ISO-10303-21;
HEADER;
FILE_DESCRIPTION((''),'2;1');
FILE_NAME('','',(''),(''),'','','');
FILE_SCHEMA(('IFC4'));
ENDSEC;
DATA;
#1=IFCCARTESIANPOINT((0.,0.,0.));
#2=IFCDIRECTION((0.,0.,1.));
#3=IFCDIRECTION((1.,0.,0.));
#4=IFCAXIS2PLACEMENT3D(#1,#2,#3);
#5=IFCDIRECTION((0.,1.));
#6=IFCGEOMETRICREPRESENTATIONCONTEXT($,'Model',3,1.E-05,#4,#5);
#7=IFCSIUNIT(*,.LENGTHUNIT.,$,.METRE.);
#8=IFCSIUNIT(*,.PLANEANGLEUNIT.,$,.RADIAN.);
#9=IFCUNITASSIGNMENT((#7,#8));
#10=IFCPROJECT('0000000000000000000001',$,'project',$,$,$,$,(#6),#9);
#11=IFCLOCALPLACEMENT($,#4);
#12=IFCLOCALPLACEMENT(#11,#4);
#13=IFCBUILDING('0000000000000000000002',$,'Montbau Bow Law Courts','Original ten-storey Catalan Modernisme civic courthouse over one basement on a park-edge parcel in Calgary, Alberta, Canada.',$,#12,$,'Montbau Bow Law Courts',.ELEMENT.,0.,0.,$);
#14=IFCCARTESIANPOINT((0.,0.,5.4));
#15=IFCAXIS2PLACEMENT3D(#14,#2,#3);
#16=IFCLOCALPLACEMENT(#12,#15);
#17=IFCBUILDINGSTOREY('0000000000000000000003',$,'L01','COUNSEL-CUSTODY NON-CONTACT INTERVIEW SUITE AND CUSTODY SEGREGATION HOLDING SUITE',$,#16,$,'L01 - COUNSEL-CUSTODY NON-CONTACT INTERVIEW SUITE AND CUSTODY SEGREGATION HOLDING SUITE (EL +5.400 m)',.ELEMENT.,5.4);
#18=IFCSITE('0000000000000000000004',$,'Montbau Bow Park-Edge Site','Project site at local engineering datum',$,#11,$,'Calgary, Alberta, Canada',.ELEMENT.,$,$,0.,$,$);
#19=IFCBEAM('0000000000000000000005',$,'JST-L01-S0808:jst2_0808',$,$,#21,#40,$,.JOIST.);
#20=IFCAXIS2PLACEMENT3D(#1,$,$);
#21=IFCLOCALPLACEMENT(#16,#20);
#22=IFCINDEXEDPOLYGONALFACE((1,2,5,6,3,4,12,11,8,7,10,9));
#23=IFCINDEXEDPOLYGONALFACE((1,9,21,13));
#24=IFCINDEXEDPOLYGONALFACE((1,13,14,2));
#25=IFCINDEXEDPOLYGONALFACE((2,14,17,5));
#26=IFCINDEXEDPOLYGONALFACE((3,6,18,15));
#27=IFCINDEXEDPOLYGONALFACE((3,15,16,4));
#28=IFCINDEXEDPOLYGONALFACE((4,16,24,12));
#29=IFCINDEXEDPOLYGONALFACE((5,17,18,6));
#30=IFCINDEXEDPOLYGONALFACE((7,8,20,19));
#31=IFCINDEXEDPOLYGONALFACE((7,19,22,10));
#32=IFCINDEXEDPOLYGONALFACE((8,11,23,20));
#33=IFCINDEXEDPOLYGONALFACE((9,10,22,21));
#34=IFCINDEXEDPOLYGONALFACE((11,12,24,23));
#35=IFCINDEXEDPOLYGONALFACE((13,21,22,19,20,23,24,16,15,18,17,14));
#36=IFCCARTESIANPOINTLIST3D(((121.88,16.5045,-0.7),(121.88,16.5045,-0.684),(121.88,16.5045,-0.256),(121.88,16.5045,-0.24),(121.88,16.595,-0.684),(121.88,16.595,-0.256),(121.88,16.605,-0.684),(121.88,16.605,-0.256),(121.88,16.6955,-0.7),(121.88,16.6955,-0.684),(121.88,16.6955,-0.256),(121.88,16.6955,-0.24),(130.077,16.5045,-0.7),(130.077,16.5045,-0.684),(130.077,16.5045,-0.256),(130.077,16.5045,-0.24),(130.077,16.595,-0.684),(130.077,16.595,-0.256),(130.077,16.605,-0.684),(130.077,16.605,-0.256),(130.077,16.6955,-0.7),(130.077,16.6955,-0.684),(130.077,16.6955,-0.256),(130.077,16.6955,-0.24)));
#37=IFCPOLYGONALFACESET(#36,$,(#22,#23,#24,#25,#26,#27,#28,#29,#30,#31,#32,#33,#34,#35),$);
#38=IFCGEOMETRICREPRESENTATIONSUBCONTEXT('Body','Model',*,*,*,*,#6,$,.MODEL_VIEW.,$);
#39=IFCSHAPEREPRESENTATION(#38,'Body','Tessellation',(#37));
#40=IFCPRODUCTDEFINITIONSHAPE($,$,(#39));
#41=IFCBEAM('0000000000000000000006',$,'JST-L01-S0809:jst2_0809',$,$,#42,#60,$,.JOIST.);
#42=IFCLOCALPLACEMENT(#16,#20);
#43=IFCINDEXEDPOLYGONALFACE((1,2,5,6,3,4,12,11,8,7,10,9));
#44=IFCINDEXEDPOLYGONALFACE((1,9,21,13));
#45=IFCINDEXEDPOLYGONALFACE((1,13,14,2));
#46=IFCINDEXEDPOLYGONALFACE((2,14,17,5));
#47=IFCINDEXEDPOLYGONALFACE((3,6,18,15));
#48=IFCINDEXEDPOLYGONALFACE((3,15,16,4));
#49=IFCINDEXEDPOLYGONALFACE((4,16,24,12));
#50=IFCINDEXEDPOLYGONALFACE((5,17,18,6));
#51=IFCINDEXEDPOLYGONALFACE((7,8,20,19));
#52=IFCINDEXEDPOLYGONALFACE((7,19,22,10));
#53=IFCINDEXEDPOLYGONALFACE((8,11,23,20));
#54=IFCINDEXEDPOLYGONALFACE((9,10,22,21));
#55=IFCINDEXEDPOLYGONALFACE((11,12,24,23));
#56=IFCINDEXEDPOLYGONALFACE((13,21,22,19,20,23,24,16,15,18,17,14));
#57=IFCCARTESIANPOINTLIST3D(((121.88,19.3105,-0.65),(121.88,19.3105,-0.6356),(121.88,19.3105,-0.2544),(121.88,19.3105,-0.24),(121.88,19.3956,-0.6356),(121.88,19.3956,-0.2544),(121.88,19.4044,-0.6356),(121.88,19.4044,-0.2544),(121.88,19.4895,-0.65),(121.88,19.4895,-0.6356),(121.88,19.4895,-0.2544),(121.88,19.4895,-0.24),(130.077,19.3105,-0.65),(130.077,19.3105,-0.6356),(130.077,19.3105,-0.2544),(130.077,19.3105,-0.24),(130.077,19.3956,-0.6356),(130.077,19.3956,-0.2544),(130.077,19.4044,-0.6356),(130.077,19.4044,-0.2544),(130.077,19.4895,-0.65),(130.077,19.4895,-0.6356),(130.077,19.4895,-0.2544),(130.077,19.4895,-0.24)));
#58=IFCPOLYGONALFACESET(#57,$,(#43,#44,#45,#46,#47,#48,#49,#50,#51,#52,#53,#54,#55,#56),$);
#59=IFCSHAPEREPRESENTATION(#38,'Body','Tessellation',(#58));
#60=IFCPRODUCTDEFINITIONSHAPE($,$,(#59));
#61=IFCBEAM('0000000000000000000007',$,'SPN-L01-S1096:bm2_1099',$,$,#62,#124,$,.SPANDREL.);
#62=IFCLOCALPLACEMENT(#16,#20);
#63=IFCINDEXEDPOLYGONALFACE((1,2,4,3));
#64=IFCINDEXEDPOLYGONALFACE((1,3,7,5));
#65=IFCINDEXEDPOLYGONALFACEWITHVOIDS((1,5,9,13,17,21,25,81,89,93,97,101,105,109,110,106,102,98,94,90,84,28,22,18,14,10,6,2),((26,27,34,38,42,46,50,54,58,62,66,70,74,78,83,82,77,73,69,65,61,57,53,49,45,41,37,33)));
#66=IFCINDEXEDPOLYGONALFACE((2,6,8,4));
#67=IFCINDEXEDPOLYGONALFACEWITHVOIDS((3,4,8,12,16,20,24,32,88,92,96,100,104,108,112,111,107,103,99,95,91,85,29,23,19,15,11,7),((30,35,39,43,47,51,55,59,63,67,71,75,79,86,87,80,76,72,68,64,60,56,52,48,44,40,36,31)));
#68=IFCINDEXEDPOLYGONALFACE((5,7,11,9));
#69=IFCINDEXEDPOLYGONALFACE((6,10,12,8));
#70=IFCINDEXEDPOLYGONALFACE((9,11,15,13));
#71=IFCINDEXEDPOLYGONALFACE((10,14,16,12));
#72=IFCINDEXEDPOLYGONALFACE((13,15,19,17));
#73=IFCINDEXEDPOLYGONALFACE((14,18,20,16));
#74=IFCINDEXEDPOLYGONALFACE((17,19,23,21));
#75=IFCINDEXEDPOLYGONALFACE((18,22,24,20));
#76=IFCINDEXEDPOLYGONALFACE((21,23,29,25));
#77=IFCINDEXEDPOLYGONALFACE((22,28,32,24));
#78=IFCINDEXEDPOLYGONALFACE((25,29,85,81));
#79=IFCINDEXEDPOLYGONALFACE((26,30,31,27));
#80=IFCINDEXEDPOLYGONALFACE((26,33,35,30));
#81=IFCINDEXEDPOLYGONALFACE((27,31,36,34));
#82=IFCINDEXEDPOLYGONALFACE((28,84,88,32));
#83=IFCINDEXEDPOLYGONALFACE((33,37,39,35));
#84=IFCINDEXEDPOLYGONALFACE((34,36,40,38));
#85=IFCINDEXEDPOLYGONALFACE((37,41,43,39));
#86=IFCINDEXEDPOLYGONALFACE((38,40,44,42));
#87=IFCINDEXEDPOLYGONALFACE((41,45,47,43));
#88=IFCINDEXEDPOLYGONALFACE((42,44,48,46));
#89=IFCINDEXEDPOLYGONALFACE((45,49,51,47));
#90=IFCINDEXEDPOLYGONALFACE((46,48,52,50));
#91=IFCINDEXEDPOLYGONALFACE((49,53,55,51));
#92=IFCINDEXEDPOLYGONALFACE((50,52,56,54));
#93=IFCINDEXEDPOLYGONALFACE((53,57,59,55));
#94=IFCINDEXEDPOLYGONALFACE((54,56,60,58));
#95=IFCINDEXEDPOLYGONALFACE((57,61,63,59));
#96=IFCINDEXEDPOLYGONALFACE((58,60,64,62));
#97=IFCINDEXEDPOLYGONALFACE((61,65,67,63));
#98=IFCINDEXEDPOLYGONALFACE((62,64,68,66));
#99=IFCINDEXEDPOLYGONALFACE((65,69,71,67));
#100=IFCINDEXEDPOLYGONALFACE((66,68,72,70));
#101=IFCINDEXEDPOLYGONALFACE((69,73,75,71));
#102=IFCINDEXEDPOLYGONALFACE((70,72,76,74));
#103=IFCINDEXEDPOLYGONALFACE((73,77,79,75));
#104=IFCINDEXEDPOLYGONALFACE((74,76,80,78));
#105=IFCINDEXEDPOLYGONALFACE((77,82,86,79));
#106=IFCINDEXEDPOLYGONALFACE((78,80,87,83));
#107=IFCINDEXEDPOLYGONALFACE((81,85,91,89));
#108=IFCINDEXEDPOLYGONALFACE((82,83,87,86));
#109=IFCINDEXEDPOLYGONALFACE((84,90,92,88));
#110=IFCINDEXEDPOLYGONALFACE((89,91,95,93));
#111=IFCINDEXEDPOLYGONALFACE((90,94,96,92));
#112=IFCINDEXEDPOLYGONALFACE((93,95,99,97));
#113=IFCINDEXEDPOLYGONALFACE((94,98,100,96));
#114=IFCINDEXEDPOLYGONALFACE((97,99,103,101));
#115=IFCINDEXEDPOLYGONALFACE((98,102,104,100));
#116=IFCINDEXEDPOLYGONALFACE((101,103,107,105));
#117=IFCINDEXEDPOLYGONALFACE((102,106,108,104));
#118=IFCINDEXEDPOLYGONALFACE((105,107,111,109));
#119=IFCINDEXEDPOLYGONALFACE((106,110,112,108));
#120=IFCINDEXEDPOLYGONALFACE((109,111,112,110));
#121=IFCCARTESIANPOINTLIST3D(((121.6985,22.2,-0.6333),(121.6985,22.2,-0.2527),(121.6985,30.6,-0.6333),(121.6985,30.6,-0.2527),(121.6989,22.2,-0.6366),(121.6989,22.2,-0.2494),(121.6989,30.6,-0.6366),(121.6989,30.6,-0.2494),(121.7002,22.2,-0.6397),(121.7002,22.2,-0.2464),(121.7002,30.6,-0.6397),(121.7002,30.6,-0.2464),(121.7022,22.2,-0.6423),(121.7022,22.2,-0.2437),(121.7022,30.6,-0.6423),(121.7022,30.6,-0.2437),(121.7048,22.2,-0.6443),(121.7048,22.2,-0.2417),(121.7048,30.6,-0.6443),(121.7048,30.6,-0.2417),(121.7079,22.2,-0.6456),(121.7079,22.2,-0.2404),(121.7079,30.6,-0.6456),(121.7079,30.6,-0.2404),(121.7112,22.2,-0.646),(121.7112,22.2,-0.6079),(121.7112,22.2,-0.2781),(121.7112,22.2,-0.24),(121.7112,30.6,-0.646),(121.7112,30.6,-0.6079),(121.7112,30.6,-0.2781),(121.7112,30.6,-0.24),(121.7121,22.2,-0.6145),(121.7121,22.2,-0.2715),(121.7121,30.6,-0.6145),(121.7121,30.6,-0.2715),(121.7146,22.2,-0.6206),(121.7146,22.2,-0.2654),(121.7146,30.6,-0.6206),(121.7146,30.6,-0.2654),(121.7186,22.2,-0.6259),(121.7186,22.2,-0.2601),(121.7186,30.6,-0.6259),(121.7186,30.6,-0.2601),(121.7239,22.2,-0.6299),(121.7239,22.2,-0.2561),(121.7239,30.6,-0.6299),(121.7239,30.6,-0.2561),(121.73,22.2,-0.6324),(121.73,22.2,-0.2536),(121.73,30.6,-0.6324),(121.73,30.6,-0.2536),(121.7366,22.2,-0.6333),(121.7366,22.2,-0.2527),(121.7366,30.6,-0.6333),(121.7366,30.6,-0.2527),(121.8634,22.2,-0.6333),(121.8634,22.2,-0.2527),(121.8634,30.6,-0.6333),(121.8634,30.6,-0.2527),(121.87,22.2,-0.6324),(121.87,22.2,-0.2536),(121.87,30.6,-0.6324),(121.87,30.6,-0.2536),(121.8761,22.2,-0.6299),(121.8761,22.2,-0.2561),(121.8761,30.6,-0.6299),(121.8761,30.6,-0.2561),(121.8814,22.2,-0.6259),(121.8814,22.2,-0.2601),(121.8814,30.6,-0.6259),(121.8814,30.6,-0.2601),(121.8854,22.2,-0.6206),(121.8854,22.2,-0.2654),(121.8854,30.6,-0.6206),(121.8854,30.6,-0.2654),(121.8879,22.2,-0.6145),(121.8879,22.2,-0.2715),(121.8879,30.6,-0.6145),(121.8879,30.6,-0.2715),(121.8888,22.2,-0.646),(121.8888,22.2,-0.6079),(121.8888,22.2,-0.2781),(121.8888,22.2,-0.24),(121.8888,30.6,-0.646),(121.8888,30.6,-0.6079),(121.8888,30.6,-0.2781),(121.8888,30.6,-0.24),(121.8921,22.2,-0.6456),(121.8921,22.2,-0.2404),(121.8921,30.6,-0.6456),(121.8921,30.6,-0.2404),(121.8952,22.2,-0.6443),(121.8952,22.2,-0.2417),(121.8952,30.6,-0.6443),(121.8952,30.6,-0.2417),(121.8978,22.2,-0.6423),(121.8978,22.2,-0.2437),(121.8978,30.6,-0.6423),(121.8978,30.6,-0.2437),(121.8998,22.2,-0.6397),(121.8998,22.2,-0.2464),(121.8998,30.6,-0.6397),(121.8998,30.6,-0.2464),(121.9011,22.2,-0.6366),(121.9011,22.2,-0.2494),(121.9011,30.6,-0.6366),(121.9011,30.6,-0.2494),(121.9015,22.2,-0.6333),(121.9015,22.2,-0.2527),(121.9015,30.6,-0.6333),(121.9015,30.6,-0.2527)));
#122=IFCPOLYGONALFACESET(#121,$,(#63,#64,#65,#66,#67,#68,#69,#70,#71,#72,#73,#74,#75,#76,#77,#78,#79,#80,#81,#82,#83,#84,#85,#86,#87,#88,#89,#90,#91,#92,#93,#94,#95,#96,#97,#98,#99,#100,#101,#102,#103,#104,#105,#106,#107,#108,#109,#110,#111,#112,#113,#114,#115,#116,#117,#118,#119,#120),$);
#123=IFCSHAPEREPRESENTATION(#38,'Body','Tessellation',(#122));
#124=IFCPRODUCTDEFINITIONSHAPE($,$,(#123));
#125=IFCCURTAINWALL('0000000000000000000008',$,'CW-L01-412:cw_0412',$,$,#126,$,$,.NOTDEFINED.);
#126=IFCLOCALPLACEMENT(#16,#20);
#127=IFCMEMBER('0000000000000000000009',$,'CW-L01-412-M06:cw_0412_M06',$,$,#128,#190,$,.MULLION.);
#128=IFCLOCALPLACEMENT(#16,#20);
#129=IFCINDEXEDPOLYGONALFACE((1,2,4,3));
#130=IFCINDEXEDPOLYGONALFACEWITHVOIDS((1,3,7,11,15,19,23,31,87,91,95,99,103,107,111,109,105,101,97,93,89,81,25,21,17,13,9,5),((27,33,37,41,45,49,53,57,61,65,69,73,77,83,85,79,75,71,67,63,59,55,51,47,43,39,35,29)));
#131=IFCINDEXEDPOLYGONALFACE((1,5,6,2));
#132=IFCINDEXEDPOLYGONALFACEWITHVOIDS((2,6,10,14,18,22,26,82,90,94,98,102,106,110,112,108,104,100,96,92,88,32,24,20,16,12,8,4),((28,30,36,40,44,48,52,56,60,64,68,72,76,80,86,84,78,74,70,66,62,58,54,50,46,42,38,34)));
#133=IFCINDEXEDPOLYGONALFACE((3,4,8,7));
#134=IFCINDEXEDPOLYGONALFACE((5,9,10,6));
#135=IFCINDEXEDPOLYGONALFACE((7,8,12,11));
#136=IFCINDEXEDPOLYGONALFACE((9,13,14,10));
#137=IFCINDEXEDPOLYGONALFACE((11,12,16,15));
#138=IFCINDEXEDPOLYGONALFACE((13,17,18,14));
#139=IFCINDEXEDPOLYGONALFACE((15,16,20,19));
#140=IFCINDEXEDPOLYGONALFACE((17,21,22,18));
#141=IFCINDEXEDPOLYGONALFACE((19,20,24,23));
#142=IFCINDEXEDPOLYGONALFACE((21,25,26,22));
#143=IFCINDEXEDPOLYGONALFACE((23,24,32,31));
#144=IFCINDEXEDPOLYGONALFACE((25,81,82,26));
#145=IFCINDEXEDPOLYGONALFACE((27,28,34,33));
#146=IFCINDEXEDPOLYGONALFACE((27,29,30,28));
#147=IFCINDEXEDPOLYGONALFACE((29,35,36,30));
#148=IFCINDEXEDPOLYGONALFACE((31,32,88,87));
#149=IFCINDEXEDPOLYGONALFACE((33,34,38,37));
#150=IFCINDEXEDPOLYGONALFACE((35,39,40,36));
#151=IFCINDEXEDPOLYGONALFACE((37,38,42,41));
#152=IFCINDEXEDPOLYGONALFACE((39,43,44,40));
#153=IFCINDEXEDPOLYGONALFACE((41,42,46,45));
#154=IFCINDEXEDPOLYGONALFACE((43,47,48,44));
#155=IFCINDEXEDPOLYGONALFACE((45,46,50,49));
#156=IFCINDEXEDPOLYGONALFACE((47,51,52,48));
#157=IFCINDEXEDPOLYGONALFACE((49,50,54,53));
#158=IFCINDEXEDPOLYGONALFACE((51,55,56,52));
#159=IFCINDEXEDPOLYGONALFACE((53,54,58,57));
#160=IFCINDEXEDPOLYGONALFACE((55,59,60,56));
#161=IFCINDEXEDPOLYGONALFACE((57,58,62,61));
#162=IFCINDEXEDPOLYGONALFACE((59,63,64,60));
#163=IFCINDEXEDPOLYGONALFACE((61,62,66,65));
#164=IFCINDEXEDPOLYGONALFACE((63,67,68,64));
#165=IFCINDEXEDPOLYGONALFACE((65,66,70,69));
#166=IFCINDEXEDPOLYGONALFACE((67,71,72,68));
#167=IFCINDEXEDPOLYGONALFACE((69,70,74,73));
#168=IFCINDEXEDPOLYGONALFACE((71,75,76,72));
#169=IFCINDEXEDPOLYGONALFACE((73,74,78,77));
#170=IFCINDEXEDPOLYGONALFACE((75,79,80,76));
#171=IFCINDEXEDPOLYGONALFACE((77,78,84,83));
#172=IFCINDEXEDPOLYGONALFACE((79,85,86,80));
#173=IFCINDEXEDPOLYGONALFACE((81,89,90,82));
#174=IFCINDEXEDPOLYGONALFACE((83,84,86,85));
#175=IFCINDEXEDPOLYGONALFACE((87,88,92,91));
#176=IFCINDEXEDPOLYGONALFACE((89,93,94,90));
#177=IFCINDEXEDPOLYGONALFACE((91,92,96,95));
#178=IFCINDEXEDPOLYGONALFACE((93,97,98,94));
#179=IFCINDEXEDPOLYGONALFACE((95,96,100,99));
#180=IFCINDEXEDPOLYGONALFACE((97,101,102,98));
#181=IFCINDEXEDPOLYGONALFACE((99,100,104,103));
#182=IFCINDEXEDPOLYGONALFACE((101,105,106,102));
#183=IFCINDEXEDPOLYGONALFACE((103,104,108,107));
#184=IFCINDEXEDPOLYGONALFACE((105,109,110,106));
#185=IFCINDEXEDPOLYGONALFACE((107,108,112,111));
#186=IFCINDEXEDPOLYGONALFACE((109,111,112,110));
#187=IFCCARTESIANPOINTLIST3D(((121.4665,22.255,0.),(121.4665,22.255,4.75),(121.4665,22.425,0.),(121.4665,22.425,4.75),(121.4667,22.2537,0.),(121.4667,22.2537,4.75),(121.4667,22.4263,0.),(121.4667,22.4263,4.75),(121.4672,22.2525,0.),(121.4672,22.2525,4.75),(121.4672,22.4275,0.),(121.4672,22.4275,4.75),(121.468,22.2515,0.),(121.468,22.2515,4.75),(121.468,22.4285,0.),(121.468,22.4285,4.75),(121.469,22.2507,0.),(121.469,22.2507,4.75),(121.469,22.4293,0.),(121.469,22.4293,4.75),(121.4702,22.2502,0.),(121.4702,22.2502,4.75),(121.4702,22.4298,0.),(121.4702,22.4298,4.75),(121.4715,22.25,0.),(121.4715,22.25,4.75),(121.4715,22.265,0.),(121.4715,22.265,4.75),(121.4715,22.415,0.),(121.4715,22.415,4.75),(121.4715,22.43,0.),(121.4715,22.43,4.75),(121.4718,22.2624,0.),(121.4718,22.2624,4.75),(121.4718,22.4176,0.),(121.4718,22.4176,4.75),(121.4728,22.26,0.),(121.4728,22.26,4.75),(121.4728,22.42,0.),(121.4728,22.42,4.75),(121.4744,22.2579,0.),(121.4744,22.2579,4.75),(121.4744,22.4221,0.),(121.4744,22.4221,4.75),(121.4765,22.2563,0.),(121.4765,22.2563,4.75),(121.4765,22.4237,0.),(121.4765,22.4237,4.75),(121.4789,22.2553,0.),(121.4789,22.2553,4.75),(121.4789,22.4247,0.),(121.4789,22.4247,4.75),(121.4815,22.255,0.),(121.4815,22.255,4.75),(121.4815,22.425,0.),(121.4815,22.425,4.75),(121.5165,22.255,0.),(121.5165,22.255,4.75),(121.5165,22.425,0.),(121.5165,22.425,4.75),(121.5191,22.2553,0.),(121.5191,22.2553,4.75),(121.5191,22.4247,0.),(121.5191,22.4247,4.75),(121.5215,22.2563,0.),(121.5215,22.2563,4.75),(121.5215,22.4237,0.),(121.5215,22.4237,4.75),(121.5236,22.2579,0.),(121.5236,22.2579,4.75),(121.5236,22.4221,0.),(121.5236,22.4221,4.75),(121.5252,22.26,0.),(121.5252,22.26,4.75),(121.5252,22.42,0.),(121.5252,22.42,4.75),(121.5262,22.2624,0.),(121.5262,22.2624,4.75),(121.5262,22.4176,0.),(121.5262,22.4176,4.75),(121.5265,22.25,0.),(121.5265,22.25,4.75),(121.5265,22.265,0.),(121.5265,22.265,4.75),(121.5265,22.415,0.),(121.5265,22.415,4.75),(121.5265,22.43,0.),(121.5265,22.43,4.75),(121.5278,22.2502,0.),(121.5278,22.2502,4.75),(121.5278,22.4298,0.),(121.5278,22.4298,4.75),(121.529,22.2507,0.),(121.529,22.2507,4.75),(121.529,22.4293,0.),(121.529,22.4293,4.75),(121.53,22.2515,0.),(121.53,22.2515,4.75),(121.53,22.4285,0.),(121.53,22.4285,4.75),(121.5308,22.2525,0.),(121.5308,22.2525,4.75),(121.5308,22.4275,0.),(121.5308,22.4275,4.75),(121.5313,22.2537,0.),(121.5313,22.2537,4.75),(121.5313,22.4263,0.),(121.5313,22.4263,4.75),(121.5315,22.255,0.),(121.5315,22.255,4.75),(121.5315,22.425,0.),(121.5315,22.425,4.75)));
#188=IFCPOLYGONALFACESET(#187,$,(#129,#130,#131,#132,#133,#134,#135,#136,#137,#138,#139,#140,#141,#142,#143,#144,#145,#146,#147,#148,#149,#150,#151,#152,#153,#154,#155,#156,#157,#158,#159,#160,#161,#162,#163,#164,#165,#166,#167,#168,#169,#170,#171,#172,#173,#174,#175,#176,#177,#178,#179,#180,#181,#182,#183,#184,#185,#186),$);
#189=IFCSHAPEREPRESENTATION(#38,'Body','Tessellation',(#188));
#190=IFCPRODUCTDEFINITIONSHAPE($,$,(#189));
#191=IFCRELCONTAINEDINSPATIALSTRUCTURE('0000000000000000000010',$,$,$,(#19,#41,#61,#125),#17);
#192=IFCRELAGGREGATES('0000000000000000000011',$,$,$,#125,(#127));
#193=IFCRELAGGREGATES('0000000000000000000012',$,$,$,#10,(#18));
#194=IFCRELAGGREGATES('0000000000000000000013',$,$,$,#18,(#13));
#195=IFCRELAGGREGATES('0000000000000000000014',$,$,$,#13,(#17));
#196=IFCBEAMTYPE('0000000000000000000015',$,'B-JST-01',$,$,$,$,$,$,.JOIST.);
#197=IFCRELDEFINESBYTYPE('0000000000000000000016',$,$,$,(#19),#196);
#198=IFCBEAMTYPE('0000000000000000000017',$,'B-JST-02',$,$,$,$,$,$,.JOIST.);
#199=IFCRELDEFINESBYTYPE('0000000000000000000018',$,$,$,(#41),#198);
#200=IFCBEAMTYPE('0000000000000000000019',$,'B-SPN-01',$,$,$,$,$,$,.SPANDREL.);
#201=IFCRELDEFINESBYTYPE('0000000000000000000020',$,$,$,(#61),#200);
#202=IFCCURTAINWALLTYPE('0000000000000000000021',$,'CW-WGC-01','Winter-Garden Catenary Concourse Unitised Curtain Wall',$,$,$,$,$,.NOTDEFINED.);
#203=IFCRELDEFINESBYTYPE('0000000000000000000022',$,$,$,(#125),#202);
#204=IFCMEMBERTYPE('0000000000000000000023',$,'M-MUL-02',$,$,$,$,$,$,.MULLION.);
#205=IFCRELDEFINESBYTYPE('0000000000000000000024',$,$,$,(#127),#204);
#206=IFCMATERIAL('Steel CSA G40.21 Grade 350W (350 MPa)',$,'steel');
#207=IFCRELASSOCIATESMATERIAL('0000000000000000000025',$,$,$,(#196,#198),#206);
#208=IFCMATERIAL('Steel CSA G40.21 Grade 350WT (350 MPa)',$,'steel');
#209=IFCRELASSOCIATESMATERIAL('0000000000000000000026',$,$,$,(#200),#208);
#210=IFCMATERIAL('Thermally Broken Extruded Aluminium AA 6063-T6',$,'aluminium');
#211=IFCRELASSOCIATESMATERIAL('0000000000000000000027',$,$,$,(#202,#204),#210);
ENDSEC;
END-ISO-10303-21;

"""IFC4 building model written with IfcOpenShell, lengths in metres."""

from ifc_helpers import new_model, si_unit, direction, frame, origin_with_axes, origin_2d_with_axis, place, context, subcontext, project, spatial, hollow_rectangle, i_section, extrude, material, material_profile, profile_set, type_object, element, aggregate, save


model = new_model("IFC4")

# Units and contexts
model_context = context("Model", 3, precision=1e-05, world=origin_with_axes(), true_north=direction((0.0, 1.0)))
body_context = subcontext(model_context, "Body", "Model", "MODEL_VIEW")
ifc_project = project(units=[si_unit("LENGTHUNIT", "METRE"), si_unit("PLANEANGLEUNIT", "RADIAN")], contexts=[model_context])

# Site, building, storey
site_placement = place(None, origin_with_axes())
site = spatial("IfcSite", under=ifc_project, at=site_placement, Name="Montbau Bow Park-Edge Site", Description="Project site at local engineering datum", LongName="Calgary, Alberta, Canada", CompositionType="ELEMENT", RefElevation=0.0)
building_placement = place(site_placement, origin_with_axes())
building = spatial("IfcBuilding", under=site, at=building_placement, Name="Montbau Bow Law Courts", Description="Original ten-storey Catalan Modernisme civic courthouse over one basement on a park-edge parcel in Calgary, Alberta, Canada.", LongName="Montbau Bow Law Courts", CompositionType="ELEMENT", ElevationOfRefHeight=0.0, ElevationOfTerrain=0.0)
storey_placement = place(building_placement, frame((0.0, 0.0, 5.4), z_axis=(0.0, 0.0, 1.0), x_axis=(1.0, 0.0, 0.0)))
storey = spatial("IfcBuildingStorey", under=building, at=storey_placement, Name="L01", Description="COUNSEL-CUSTODY NON-CONTACT INTERVIEW SUITE AND CUSTODY SEGREGATION HOLDING SUITE", LongName="L01 - COUNSEL-CUSTODY NON-CONTACT INTERVIEW SUITE AND CUSTODY SEGREGATION HOLDING SUITE (EL +5.400 m)", CompositionType="ELEMENT", Elevation=5.4)

# Shared definitions
ifc_material_1 = material(Name="Steel CSA G40.21 Grade 350WT (350 MPa)", Category="steel")

# Beams
ifc_material_2 = material(Name="Steel CSA G40.21 Grade 350W (350 MPa)", Category="steel")
ifc_material_profile_1 = material_profile(ifc_material_2, i_section(OverallWidth=0.191, OverallDepth=0.46, WebThickness=0.0099, FlangeThickness=0.016, at=origin_2d_with_axis()), Name="W460X82", Category="Main", Priority=0)
ifc_profile_set_1 = profile_set([ifc_material_profile_1], Name="Steel CSA G40.21 Grade 350W (350 MPa)")
beam_type_1 = type_object("IfcBeamType", Name="B-JST-01", PredefinedType="JOIST", material=ifc_profile_set_1)
beam_1_placement = place(None, frame((121.88, 16.6, 4.93), z_axis=(1.0, 0.0, 0.0), x_axis=(0.0, 1.0, 0.0)))
element("IfcBeam", 1, at=beam_1_placement, inside=storey, type_object=beam_type_1, Name="JST-L01-S0808:jst2_0808", PredefinedType="JOIST", context=body_context, shape_type="SweptSolid", body=[
    extrude(i_section(OverallWidth=0.191, OverallDepth=0.46, WebThickness=0.0099, FlangeThickness=0.016, at=origin_2d_with_axis()), origin_with_axes(), (0.0, 0.0, 1.0), 8.197),
])
ifc_material_profile_2 = material_profile(ifc_material_2, i_section(OverallWidth=0.179, OverallDepth=0.41, WebThickness=0.0088, FlangeThickness=0.0144, at=origin_2d_with_axis()), Name="W410X67", Category="Main", Priority=0)
ifc_profile_set_2 = profile_set([ifc_material_profile_2], Name="Steel CSA G40.21 Grade 350W (350 MPa)")
beam_type_2 = type_object("IfcBeamType", Name="B-JST-02", PredefinedType="JOIST", material=ifc_profile_set_2)
beam_2_placement = place(None, frame((121.88, 19.4, 4.955), z_axis=(1.0, 0.0, 0.0), x_axis=(0.0, 1.0, 0.0)))
element("IfcBeam", 2, at=beam_2_placement, inside=storey, type_object=beam_type_2, Name="JST-L01-S0809:jst2_0809", PredefinedType="JOIST", context=body_context, shape_type="SweptSolid", body=[
    extrude(i_section(OverallWidth=0.179, OverallDepth=0.41, WebThickness=0.0088, FlangeThickness=0.0144, at=origin_2d_with_axis()), origin_with_axes(), (0.0, 0.0, 1.0), 8.197),
])
ifc_material_profile_3 = material_profile(ifc_material_1, hollow_rectangle(XDim=0.203, YDim=0.406, WallThickness=0.0127, InnerFilletRadius=0.0254, OuterFilletRadius=0.0127, at=origin_2d_with_axis()), Name="HSS406X203X13", Category="Main", Priority=0)
ifc_profile_set_3 = profile_set([ifc_material_profile_3], Name="Steel CSA G40.21 Grade 350WT (350 MPa)")
beam_type_3 = type_object("IfcBeamType", Name="B-SPN-01", PredefinedType="SPANDREL", material=ifc_profile_set_3)
beam_3_placement = place(None, frame((121.8, 22.2, 4.957), z_axis=(0.0, 1.0, 0.0), x_axis=(-1.0, 0.0, 0.0)))
element("IfcBeam", 3, at=beam_3_placement, inside=storey, type_object=beam_type_3, Name="SPN-L01-S1096:bm2_1099", PredefinedType="SPANDREL", context=body_context, shape_type="SweptSolid", body=[
    extrude(hollow_rectangle(XDim=0.203, YDim=0.406, WallThickness=0.0127, InnerFilletRadius=0.0254, OuterFilletRadius=0.0127, at=origin_2d_with_axis()), origin_with_axes(), (0.0, 0.0, 1.0), 8.4),
])

# Curtain wall, member
ifc_material_3 = material(Name="Thermally Broken Extruded Aluminium AA 6063-T6", Category="aluminium")
curtain_wall_type = type_object("IfcCurtainWallType", Name="CW-WGC-01", Description="Winter-Garden Catenary Concourse Unitised Curtain Wall", PredefinedType="NOTDEFINED", material=ifc_material_3)
curtain_wall_placement = place(None, frame((114.515, 22.34, 5.4), z_axis=(0.0, 0.0, 1.0), x_axis=(1.0, 0.0, 0.0)))
curtain_wall = element("IfcCurtainWall", 4, at=curtain_wall_placement, inside=storey, type_object=curtain_wall_type, Name="CW-L01-412:cw_0412", PredefinedType="NOTDEFINED")
ifc_material_profile_4 = material_profile(ifc_material_3, hollow_rectangle(XDim=0.065, YDim=0.18, WallThickness=0.005, InnerFilletRadius=0.01, OuterFilletRadius=0.005, at=origin_2d_with_axis()), Name="CWM-180X65", Category="Main", Priority=0)
ifc_profile_set_4 = profile_set([ifc_material_profile_4], Name="Thermally Broken Extruded Aluminium AA 6063-T6")
member_type_1 = type_object("IfcMemberType", Name="M-MUL-02", PredefinedType="MULLION", material=ifc_profile_set_4)
member_1_placement = place(None, frame((121.499, 22.34, 5.4), z_axis=(0.0, 0.0, 1.0), x_axis=(1.0, 0.0, 0.0)))
member_1 = element("IfcMember", 5, at=member_1_placement, type_object=member_type_1, Name="CW-L01-412-M06:cw_0412_M06", PredefinedType="MULLION", context=body_context, shape_type="SweptSolid", body=[
    extrude(hollow_rectangle(XDim=0.065, YDim=0.18, WallThickness=0.005, InnerFilletRadius=0.01, OuterFilletRadius=0.005, at=origin_2d_with_axis()), origin_with_axes(), (0.0, 0.0, 1.0), 4.75),
])
aggregate(curtain_wall, [member_1])

save(model, "model.ifc")
